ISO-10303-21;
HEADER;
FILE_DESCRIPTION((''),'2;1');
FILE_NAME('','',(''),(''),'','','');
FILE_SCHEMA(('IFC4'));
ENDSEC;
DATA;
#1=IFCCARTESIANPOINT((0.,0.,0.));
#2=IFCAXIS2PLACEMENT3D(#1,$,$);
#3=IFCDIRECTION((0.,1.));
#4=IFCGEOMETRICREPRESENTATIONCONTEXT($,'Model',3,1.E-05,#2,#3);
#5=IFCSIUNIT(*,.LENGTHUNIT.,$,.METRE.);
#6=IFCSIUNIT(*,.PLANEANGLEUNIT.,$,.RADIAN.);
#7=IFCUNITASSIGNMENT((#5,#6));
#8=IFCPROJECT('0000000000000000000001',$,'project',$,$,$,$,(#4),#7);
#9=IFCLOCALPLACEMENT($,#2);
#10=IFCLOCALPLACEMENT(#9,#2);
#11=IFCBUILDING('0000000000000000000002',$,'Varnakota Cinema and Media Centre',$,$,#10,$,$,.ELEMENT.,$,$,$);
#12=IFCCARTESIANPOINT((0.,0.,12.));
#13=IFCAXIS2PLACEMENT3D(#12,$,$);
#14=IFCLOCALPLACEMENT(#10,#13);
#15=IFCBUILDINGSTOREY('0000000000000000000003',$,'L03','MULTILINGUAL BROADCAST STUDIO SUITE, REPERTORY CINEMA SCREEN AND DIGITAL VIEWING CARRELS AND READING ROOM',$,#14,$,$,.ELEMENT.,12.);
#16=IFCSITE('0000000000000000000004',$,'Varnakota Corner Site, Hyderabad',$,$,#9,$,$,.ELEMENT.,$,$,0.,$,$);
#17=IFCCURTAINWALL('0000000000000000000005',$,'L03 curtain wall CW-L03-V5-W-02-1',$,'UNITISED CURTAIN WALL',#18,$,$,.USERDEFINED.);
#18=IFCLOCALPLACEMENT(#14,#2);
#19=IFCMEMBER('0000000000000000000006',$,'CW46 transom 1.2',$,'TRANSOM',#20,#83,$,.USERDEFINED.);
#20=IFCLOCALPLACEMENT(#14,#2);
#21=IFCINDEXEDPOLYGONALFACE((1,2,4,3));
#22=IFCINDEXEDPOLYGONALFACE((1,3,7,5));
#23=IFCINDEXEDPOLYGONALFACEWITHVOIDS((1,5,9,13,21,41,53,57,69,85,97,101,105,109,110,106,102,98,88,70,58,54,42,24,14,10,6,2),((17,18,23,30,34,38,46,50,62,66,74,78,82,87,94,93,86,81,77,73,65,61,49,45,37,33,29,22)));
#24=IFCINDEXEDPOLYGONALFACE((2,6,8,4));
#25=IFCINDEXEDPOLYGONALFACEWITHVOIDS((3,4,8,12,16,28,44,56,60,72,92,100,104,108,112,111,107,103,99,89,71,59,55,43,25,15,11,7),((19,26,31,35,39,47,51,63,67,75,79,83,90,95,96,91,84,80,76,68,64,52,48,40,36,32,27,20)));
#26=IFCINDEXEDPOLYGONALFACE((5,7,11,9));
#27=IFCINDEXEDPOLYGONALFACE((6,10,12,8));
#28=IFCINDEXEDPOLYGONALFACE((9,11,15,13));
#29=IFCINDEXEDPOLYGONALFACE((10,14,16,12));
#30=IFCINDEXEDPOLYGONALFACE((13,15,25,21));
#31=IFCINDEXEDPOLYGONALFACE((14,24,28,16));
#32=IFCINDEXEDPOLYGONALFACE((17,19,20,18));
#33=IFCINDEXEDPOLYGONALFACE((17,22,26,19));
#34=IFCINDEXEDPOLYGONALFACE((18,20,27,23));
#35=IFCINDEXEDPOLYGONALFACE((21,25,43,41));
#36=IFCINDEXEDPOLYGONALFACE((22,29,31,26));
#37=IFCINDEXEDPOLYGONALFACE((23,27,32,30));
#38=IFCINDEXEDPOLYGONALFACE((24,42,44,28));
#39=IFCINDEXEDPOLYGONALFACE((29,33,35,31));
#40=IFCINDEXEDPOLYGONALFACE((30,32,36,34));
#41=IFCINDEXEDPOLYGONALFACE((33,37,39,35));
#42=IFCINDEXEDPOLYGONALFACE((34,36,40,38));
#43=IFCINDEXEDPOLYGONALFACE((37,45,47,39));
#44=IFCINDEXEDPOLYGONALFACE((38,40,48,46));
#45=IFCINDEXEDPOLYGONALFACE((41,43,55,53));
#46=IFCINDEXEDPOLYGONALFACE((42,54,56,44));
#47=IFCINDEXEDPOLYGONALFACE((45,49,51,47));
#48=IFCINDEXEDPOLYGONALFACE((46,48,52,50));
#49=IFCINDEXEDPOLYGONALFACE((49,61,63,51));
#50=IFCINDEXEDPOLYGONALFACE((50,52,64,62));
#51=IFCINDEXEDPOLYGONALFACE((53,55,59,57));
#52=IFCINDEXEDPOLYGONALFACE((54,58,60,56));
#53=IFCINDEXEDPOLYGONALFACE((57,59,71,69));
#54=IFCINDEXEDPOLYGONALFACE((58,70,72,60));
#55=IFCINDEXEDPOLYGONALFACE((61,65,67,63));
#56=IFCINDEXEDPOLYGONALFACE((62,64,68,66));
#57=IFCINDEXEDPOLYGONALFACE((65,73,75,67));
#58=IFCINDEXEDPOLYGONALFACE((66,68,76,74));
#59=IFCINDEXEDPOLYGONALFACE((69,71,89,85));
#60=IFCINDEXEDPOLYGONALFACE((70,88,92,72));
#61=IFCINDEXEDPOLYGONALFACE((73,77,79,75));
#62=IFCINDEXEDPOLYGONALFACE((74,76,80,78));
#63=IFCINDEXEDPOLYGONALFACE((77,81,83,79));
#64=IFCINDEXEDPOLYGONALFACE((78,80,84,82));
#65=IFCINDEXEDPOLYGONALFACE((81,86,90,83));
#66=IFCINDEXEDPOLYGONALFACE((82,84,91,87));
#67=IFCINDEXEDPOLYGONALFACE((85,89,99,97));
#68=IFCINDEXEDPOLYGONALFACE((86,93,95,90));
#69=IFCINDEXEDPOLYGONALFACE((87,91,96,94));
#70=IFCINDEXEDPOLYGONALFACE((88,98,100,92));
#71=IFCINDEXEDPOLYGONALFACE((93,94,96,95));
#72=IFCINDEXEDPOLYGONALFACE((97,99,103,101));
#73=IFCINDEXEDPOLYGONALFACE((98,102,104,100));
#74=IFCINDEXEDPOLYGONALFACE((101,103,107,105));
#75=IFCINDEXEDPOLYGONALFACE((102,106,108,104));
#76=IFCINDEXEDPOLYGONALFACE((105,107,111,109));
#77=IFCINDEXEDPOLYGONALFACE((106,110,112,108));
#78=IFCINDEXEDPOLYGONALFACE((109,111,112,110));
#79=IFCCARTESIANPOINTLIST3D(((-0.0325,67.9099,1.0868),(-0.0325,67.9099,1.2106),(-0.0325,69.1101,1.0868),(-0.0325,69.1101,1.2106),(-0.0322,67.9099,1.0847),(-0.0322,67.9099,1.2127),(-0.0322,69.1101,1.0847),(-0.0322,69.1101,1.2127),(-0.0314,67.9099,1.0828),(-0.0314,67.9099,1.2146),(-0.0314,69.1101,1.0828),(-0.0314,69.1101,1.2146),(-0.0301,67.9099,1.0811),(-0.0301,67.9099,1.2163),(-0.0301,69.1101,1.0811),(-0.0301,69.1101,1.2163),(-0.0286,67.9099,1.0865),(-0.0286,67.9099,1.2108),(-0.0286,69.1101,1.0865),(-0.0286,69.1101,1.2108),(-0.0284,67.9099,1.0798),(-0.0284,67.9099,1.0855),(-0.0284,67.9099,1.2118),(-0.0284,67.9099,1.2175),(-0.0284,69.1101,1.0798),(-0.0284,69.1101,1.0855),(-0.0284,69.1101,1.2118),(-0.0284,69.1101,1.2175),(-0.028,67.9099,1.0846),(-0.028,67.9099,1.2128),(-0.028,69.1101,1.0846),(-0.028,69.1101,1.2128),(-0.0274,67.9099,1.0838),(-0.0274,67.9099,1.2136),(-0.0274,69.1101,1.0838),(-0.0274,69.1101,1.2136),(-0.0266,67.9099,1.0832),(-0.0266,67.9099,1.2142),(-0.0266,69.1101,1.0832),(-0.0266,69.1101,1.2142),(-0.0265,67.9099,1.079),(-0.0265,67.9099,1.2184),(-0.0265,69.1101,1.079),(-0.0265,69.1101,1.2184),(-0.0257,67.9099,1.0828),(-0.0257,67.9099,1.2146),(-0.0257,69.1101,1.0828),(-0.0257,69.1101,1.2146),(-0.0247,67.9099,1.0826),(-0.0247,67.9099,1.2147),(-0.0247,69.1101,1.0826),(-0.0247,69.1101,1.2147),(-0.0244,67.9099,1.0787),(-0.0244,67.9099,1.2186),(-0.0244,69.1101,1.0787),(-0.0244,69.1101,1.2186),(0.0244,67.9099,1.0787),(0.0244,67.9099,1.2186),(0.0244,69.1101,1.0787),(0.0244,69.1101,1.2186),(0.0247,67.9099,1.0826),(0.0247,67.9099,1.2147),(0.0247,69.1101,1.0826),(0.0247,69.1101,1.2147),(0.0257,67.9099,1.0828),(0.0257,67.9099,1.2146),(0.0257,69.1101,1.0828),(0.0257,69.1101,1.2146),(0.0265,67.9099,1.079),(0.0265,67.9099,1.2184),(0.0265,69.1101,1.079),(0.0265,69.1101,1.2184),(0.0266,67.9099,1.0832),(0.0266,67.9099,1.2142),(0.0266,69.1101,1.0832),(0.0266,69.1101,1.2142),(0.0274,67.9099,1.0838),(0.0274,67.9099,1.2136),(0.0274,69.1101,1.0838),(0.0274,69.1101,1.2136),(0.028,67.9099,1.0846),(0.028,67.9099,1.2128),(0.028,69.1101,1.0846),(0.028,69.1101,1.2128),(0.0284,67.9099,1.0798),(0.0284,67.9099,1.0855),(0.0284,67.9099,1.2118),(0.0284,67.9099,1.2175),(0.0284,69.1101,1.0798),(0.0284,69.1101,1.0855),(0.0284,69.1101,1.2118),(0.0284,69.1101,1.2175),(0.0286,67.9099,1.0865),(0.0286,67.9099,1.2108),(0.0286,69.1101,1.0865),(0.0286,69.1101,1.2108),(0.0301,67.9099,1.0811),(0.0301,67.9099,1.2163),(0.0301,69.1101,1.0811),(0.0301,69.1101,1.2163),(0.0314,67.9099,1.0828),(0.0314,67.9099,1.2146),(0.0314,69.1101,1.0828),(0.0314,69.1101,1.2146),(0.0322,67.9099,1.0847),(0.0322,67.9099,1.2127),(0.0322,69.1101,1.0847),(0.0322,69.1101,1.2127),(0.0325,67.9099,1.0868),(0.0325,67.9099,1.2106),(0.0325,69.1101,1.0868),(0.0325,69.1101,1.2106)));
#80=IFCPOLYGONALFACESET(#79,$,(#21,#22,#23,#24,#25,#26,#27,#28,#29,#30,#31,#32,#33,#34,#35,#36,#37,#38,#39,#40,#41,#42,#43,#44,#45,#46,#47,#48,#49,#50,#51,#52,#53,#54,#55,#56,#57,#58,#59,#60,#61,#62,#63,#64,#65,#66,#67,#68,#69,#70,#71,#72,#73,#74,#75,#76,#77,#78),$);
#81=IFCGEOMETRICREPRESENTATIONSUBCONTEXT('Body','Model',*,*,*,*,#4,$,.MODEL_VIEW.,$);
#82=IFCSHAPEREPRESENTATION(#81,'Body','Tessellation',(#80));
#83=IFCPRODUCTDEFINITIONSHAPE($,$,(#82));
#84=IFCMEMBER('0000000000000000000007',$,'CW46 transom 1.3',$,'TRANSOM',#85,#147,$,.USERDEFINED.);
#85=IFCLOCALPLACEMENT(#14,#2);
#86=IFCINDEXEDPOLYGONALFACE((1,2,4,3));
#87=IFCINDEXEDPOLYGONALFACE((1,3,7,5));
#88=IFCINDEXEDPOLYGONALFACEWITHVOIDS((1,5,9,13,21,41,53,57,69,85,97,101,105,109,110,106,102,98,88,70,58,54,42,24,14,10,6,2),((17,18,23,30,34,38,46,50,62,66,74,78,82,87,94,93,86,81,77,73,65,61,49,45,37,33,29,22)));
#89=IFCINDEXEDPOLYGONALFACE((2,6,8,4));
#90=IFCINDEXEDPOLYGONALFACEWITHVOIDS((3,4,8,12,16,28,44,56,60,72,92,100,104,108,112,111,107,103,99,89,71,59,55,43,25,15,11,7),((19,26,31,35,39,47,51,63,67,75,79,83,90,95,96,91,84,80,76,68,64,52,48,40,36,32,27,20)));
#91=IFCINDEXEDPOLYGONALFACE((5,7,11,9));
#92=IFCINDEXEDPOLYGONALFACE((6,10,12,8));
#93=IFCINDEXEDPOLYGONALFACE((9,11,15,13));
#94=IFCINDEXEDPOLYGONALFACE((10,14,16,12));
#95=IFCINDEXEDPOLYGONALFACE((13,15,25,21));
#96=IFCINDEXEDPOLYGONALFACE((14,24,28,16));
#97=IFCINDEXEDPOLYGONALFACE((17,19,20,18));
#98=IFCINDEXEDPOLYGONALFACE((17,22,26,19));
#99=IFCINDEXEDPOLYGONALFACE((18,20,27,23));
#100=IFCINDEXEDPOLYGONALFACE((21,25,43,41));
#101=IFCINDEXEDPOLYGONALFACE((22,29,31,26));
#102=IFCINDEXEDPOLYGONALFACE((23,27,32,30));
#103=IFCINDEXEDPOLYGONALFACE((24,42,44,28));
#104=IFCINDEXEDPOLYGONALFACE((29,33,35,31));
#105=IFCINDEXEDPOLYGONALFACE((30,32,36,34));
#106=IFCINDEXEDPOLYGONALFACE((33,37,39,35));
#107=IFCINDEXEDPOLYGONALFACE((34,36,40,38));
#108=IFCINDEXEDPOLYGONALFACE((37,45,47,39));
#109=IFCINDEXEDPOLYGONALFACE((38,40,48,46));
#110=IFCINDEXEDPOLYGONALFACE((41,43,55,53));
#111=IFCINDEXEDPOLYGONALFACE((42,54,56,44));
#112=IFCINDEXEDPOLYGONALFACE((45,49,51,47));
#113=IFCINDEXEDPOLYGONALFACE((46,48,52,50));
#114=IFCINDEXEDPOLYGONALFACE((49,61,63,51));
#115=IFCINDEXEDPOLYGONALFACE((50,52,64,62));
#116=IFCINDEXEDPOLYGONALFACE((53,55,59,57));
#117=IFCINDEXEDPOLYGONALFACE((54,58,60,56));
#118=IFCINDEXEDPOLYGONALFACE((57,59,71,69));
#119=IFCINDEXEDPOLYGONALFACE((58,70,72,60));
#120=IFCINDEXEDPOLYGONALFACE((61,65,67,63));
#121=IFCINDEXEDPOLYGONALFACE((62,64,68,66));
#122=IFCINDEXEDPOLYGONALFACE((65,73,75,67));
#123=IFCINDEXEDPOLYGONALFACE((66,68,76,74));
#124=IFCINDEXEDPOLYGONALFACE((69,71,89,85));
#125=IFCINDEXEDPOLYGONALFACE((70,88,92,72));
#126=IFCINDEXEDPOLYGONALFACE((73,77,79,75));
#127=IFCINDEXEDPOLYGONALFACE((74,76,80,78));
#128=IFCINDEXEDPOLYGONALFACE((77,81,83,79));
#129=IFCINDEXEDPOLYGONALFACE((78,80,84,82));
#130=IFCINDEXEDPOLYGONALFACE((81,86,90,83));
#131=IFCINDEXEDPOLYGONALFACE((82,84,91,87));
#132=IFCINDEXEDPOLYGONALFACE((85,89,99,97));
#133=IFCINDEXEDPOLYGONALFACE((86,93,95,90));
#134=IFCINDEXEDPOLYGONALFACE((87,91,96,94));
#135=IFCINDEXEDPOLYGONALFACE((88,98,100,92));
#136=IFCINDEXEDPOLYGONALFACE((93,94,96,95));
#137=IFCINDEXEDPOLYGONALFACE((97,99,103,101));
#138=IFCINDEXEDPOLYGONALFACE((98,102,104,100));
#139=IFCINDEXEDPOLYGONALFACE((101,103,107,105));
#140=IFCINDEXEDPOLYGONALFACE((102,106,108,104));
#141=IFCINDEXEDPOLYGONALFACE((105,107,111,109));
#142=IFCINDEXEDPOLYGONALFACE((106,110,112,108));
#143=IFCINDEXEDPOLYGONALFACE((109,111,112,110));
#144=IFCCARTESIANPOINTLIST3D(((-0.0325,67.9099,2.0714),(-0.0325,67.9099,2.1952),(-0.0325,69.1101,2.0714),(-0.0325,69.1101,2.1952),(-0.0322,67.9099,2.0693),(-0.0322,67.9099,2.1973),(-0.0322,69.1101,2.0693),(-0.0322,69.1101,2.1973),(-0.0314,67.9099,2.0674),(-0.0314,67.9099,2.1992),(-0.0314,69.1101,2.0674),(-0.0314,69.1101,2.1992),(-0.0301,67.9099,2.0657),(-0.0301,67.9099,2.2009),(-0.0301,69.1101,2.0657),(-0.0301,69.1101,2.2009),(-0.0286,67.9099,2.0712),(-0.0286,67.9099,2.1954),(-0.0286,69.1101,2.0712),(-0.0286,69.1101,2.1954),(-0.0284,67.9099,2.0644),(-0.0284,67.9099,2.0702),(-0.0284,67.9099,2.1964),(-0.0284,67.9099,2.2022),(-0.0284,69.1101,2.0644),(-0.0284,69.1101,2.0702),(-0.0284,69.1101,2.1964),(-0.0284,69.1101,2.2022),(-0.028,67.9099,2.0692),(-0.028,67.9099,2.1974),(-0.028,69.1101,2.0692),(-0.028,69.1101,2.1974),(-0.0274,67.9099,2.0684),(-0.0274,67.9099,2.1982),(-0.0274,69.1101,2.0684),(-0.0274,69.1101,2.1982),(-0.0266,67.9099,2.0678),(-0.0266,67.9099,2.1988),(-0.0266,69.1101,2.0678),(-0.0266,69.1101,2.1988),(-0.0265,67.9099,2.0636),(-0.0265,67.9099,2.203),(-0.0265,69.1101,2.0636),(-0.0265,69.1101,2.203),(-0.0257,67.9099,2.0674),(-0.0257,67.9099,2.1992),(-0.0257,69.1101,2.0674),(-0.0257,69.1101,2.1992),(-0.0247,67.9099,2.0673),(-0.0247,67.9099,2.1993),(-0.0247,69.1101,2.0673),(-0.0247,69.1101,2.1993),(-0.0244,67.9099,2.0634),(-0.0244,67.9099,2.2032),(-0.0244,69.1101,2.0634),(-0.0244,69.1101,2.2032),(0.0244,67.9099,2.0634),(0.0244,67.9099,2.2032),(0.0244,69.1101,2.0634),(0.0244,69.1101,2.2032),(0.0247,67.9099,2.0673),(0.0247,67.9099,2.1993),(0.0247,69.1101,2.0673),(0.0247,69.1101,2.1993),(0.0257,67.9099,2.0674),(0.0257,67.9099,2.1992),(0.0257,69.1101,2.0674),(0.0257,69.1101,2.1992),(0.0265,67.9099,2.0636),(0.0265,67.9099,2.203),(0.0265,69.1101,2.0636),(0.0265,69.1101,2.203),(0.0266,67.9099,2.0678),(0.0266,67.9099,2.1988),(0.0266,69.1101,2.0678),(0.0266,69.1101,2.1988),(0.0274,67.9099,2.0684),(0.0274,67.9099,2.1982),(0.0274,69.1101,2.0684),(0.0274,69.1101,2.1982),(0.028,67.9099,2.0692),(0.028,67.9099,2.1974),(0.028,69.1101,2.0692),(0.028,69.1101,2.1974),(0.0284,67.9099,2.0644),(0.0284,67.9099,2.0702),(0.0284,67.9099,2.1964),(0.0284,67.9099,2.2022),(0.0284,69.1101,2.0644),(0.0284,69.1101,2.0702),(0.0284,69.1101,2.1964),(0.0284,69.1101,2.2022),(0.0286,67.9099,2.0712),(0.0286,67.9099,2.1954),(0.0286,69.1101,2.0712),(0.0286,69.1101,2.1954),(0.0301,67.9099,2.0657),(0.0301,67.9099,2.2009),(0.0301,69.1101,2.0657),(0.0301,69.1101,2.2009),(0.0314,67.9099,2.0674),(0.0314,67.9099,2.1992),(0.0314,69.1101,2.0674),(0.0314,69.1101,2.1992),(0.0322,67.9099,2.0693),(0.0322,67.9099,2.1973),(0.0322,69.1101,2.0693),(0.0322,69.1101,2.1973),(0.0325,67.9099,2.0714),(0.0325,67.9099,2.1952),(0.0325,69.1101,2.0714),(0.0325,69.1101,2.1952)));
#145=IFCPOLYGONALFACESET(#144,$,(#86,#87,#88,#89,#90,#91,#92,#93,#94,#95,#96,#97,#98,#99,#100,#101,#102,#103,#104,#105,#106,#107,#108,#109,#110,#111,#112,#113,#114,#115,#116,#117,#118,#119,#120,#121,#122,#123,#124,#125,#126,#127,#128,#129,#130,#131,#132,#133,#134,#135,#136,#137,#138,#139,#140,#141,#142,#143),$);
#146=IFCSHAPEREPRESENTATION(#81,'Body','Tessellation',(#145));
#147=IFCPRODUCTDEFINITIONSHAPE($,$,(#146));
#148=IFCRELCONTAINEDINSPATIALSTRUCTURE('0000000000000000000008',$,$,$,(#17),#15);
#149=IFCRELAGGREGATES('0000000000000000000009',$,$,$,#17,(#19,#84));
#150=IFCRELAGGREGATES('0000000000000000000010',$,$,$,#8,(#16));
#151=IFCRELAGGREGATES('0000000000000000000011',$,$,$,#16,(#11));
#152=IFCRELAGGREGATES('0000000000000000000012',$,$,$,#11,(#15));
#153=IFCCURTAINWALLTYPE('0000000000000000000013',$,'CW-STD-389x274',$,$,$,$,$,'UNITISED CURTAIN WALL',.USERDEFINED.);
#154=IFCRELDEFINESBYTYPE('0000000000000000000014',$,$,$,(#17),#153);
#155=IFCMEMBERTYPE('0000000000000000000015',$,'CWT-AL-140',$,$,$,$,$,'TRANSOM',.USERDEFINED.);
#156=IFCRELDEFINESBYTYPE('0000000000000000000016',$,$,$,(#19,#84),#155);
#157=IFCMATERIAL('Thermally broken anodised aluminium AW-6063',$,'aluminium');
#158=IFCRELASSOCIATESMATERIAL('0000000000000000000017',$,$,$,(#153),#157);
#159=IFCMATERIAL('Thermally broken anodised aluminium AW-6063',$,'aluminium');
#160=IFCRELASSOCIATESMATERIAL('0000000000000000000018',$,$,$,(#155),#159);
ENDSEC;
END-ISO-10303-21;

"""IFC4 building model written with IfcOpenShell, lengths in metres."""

from ifc_helpers import new_model, si_unit, direction, frame, origin, origin_2d, place, context, subcontext, project, spatial, hollow_rectangle, extrude, material, material_profile, profile_set, type_object, element, aggregate, save


model = new_model("IFC4")

# Units and contexts
model_context = context("Model", 3, precision=1e-05, world=origin(), true_north=direction((0.0, 1.0)))
body_context = subcontext(model_context, "Body", "Model", "MODEL_VIEW")
ifc_project = project(units=[si_unit("LENGTHUNIT", "METRE"), si_unit("PLANEANGLEUNIT", "RADIAN")], contexts=[model_context])

# Site, building, storey
site_placement = place(None, origin())
site = spatial("IfcSite", under=ifc_project, at=site_placement, Name="Varnakota Corner Site, Hyderabad", CompositionType="ELEMENT", RefElevation=0.0)
building_placement = place(site_placement, origin())
building = spatial("IfcBuilding", under=site, at=building_placement, Name="Varnakota Cinema and Media Centre", CompositionType="ELEMENT")
storey_placement = place(building_placement, frame((0.0, 0.0, 12.0)))
storey = spatial("IfcBuildingStorey", under=building, at=storey_placement, Name="L03", Description="MULTILINGUAL BROADCAST STUDIO SUITE, REPERTORY CINEMA SCREEN AND DIGITAL VIEWING CARRELS AND READING ROOM", CompositionType="ELEMENT", Elevation=12.0)

# Curtain wall, members
ifc_material_1 = material(Name="Thermally broken anodised aluminium AW-6063", Category="aluminium")
curtain_wall_type = type_object("IfcCurtainWallType", Name="CW-STD-389x274", ElementType="UNITISED CURTAIN WALL", PredefinedType="USERDEFINED", material=ifc_material_1)
curtain_wall_placement = place(storey_placement, origin())
curtain_wall = element("IfcCurtainWall", 1, at=curtain_wall_placement, inside=storey, type_object=curtain_wall_type, Name="L03 curtain wall CW-L03-V5-W-02-1", ObjectType="UNITISED CURTAIN WALL", PredefinedType="USERDEFINED")
ifc_material_2 = material(Name="Thermally broken anodised aluminium AW-6063", Category="aluminium")
ifc_material_profile_1 = material_profile(ifc_material_2, hollow_rectangle(XDim=0.0649, YDim=0.1399, WallThickness=0.0039, InnerFilletRadius=0.0039, OuterFilletRadius=0.0081, at=origin_2d()), Name="AL-TRANSOM 140x65x4")
ifc_profile_set_1 = profile_set([ifc_material_profile_1], Name="Thermally broken anodised aluminium AW-6063")
member_type_1 = type_object("IfcMemberType", Name="CWT-AL-140", ElementType="TRANSOM", PredefinedType="USERDEFINED", material=ifc_profile_set_1)
member_1_placement = place(storey_placement, frame((0.0, 69.1101, 1.1487), z_axis=(0.0, -1.0, 0.0), x_axis=(1.0, 0.0, 0.0)))
member_1 = element("IfcMember", 2, at=member_1_placement, type_object=member_type_1, Name="CW46 transom 1.2", ObjectType="TRANSOM", PredefinedType="USERDEFINED", context=body_context, shape_type="SweptSolid", body=[
    extrude(hollow_rectangle(XDim=0.0649, YDim=0.1399, WallThickness=0.0039, InnerFilletRadius=0.0039, OuterFilletRadius=0.0081, at=origin_2d()), origin(), (0.0, 0.0, 1.0), 1.2002),
])
member_2_placement = place(storey_placement, frame((0.0, 69.1101, 2.1333), z_axis=(0.0, -1.0, 0.0), x_axis=(1.0, 0.0, 0.0)))
member_2 = element("IfcMember", 3, at=member_2_placement, type_object=member_type_1, Name="CW46 transom 1.3", ObjectType="TRANSOM", PredefinedType="USERDEFINED", context=body_context, shape_type="SweptSolid", body=[
    extrude(hollow_rectangle(XDim=0.0649, YDim=0.1399, WallThickness=0.0039, InnerFilletRadius=0.0039, OuterFilletRadius=0.0081, at=origin_2d()), origin(), (0.0, 0.0, 1.0), 1.2002),
])
aggregate(curtain_wall, [member_1, member_2])

save(model, "model.ifc")
